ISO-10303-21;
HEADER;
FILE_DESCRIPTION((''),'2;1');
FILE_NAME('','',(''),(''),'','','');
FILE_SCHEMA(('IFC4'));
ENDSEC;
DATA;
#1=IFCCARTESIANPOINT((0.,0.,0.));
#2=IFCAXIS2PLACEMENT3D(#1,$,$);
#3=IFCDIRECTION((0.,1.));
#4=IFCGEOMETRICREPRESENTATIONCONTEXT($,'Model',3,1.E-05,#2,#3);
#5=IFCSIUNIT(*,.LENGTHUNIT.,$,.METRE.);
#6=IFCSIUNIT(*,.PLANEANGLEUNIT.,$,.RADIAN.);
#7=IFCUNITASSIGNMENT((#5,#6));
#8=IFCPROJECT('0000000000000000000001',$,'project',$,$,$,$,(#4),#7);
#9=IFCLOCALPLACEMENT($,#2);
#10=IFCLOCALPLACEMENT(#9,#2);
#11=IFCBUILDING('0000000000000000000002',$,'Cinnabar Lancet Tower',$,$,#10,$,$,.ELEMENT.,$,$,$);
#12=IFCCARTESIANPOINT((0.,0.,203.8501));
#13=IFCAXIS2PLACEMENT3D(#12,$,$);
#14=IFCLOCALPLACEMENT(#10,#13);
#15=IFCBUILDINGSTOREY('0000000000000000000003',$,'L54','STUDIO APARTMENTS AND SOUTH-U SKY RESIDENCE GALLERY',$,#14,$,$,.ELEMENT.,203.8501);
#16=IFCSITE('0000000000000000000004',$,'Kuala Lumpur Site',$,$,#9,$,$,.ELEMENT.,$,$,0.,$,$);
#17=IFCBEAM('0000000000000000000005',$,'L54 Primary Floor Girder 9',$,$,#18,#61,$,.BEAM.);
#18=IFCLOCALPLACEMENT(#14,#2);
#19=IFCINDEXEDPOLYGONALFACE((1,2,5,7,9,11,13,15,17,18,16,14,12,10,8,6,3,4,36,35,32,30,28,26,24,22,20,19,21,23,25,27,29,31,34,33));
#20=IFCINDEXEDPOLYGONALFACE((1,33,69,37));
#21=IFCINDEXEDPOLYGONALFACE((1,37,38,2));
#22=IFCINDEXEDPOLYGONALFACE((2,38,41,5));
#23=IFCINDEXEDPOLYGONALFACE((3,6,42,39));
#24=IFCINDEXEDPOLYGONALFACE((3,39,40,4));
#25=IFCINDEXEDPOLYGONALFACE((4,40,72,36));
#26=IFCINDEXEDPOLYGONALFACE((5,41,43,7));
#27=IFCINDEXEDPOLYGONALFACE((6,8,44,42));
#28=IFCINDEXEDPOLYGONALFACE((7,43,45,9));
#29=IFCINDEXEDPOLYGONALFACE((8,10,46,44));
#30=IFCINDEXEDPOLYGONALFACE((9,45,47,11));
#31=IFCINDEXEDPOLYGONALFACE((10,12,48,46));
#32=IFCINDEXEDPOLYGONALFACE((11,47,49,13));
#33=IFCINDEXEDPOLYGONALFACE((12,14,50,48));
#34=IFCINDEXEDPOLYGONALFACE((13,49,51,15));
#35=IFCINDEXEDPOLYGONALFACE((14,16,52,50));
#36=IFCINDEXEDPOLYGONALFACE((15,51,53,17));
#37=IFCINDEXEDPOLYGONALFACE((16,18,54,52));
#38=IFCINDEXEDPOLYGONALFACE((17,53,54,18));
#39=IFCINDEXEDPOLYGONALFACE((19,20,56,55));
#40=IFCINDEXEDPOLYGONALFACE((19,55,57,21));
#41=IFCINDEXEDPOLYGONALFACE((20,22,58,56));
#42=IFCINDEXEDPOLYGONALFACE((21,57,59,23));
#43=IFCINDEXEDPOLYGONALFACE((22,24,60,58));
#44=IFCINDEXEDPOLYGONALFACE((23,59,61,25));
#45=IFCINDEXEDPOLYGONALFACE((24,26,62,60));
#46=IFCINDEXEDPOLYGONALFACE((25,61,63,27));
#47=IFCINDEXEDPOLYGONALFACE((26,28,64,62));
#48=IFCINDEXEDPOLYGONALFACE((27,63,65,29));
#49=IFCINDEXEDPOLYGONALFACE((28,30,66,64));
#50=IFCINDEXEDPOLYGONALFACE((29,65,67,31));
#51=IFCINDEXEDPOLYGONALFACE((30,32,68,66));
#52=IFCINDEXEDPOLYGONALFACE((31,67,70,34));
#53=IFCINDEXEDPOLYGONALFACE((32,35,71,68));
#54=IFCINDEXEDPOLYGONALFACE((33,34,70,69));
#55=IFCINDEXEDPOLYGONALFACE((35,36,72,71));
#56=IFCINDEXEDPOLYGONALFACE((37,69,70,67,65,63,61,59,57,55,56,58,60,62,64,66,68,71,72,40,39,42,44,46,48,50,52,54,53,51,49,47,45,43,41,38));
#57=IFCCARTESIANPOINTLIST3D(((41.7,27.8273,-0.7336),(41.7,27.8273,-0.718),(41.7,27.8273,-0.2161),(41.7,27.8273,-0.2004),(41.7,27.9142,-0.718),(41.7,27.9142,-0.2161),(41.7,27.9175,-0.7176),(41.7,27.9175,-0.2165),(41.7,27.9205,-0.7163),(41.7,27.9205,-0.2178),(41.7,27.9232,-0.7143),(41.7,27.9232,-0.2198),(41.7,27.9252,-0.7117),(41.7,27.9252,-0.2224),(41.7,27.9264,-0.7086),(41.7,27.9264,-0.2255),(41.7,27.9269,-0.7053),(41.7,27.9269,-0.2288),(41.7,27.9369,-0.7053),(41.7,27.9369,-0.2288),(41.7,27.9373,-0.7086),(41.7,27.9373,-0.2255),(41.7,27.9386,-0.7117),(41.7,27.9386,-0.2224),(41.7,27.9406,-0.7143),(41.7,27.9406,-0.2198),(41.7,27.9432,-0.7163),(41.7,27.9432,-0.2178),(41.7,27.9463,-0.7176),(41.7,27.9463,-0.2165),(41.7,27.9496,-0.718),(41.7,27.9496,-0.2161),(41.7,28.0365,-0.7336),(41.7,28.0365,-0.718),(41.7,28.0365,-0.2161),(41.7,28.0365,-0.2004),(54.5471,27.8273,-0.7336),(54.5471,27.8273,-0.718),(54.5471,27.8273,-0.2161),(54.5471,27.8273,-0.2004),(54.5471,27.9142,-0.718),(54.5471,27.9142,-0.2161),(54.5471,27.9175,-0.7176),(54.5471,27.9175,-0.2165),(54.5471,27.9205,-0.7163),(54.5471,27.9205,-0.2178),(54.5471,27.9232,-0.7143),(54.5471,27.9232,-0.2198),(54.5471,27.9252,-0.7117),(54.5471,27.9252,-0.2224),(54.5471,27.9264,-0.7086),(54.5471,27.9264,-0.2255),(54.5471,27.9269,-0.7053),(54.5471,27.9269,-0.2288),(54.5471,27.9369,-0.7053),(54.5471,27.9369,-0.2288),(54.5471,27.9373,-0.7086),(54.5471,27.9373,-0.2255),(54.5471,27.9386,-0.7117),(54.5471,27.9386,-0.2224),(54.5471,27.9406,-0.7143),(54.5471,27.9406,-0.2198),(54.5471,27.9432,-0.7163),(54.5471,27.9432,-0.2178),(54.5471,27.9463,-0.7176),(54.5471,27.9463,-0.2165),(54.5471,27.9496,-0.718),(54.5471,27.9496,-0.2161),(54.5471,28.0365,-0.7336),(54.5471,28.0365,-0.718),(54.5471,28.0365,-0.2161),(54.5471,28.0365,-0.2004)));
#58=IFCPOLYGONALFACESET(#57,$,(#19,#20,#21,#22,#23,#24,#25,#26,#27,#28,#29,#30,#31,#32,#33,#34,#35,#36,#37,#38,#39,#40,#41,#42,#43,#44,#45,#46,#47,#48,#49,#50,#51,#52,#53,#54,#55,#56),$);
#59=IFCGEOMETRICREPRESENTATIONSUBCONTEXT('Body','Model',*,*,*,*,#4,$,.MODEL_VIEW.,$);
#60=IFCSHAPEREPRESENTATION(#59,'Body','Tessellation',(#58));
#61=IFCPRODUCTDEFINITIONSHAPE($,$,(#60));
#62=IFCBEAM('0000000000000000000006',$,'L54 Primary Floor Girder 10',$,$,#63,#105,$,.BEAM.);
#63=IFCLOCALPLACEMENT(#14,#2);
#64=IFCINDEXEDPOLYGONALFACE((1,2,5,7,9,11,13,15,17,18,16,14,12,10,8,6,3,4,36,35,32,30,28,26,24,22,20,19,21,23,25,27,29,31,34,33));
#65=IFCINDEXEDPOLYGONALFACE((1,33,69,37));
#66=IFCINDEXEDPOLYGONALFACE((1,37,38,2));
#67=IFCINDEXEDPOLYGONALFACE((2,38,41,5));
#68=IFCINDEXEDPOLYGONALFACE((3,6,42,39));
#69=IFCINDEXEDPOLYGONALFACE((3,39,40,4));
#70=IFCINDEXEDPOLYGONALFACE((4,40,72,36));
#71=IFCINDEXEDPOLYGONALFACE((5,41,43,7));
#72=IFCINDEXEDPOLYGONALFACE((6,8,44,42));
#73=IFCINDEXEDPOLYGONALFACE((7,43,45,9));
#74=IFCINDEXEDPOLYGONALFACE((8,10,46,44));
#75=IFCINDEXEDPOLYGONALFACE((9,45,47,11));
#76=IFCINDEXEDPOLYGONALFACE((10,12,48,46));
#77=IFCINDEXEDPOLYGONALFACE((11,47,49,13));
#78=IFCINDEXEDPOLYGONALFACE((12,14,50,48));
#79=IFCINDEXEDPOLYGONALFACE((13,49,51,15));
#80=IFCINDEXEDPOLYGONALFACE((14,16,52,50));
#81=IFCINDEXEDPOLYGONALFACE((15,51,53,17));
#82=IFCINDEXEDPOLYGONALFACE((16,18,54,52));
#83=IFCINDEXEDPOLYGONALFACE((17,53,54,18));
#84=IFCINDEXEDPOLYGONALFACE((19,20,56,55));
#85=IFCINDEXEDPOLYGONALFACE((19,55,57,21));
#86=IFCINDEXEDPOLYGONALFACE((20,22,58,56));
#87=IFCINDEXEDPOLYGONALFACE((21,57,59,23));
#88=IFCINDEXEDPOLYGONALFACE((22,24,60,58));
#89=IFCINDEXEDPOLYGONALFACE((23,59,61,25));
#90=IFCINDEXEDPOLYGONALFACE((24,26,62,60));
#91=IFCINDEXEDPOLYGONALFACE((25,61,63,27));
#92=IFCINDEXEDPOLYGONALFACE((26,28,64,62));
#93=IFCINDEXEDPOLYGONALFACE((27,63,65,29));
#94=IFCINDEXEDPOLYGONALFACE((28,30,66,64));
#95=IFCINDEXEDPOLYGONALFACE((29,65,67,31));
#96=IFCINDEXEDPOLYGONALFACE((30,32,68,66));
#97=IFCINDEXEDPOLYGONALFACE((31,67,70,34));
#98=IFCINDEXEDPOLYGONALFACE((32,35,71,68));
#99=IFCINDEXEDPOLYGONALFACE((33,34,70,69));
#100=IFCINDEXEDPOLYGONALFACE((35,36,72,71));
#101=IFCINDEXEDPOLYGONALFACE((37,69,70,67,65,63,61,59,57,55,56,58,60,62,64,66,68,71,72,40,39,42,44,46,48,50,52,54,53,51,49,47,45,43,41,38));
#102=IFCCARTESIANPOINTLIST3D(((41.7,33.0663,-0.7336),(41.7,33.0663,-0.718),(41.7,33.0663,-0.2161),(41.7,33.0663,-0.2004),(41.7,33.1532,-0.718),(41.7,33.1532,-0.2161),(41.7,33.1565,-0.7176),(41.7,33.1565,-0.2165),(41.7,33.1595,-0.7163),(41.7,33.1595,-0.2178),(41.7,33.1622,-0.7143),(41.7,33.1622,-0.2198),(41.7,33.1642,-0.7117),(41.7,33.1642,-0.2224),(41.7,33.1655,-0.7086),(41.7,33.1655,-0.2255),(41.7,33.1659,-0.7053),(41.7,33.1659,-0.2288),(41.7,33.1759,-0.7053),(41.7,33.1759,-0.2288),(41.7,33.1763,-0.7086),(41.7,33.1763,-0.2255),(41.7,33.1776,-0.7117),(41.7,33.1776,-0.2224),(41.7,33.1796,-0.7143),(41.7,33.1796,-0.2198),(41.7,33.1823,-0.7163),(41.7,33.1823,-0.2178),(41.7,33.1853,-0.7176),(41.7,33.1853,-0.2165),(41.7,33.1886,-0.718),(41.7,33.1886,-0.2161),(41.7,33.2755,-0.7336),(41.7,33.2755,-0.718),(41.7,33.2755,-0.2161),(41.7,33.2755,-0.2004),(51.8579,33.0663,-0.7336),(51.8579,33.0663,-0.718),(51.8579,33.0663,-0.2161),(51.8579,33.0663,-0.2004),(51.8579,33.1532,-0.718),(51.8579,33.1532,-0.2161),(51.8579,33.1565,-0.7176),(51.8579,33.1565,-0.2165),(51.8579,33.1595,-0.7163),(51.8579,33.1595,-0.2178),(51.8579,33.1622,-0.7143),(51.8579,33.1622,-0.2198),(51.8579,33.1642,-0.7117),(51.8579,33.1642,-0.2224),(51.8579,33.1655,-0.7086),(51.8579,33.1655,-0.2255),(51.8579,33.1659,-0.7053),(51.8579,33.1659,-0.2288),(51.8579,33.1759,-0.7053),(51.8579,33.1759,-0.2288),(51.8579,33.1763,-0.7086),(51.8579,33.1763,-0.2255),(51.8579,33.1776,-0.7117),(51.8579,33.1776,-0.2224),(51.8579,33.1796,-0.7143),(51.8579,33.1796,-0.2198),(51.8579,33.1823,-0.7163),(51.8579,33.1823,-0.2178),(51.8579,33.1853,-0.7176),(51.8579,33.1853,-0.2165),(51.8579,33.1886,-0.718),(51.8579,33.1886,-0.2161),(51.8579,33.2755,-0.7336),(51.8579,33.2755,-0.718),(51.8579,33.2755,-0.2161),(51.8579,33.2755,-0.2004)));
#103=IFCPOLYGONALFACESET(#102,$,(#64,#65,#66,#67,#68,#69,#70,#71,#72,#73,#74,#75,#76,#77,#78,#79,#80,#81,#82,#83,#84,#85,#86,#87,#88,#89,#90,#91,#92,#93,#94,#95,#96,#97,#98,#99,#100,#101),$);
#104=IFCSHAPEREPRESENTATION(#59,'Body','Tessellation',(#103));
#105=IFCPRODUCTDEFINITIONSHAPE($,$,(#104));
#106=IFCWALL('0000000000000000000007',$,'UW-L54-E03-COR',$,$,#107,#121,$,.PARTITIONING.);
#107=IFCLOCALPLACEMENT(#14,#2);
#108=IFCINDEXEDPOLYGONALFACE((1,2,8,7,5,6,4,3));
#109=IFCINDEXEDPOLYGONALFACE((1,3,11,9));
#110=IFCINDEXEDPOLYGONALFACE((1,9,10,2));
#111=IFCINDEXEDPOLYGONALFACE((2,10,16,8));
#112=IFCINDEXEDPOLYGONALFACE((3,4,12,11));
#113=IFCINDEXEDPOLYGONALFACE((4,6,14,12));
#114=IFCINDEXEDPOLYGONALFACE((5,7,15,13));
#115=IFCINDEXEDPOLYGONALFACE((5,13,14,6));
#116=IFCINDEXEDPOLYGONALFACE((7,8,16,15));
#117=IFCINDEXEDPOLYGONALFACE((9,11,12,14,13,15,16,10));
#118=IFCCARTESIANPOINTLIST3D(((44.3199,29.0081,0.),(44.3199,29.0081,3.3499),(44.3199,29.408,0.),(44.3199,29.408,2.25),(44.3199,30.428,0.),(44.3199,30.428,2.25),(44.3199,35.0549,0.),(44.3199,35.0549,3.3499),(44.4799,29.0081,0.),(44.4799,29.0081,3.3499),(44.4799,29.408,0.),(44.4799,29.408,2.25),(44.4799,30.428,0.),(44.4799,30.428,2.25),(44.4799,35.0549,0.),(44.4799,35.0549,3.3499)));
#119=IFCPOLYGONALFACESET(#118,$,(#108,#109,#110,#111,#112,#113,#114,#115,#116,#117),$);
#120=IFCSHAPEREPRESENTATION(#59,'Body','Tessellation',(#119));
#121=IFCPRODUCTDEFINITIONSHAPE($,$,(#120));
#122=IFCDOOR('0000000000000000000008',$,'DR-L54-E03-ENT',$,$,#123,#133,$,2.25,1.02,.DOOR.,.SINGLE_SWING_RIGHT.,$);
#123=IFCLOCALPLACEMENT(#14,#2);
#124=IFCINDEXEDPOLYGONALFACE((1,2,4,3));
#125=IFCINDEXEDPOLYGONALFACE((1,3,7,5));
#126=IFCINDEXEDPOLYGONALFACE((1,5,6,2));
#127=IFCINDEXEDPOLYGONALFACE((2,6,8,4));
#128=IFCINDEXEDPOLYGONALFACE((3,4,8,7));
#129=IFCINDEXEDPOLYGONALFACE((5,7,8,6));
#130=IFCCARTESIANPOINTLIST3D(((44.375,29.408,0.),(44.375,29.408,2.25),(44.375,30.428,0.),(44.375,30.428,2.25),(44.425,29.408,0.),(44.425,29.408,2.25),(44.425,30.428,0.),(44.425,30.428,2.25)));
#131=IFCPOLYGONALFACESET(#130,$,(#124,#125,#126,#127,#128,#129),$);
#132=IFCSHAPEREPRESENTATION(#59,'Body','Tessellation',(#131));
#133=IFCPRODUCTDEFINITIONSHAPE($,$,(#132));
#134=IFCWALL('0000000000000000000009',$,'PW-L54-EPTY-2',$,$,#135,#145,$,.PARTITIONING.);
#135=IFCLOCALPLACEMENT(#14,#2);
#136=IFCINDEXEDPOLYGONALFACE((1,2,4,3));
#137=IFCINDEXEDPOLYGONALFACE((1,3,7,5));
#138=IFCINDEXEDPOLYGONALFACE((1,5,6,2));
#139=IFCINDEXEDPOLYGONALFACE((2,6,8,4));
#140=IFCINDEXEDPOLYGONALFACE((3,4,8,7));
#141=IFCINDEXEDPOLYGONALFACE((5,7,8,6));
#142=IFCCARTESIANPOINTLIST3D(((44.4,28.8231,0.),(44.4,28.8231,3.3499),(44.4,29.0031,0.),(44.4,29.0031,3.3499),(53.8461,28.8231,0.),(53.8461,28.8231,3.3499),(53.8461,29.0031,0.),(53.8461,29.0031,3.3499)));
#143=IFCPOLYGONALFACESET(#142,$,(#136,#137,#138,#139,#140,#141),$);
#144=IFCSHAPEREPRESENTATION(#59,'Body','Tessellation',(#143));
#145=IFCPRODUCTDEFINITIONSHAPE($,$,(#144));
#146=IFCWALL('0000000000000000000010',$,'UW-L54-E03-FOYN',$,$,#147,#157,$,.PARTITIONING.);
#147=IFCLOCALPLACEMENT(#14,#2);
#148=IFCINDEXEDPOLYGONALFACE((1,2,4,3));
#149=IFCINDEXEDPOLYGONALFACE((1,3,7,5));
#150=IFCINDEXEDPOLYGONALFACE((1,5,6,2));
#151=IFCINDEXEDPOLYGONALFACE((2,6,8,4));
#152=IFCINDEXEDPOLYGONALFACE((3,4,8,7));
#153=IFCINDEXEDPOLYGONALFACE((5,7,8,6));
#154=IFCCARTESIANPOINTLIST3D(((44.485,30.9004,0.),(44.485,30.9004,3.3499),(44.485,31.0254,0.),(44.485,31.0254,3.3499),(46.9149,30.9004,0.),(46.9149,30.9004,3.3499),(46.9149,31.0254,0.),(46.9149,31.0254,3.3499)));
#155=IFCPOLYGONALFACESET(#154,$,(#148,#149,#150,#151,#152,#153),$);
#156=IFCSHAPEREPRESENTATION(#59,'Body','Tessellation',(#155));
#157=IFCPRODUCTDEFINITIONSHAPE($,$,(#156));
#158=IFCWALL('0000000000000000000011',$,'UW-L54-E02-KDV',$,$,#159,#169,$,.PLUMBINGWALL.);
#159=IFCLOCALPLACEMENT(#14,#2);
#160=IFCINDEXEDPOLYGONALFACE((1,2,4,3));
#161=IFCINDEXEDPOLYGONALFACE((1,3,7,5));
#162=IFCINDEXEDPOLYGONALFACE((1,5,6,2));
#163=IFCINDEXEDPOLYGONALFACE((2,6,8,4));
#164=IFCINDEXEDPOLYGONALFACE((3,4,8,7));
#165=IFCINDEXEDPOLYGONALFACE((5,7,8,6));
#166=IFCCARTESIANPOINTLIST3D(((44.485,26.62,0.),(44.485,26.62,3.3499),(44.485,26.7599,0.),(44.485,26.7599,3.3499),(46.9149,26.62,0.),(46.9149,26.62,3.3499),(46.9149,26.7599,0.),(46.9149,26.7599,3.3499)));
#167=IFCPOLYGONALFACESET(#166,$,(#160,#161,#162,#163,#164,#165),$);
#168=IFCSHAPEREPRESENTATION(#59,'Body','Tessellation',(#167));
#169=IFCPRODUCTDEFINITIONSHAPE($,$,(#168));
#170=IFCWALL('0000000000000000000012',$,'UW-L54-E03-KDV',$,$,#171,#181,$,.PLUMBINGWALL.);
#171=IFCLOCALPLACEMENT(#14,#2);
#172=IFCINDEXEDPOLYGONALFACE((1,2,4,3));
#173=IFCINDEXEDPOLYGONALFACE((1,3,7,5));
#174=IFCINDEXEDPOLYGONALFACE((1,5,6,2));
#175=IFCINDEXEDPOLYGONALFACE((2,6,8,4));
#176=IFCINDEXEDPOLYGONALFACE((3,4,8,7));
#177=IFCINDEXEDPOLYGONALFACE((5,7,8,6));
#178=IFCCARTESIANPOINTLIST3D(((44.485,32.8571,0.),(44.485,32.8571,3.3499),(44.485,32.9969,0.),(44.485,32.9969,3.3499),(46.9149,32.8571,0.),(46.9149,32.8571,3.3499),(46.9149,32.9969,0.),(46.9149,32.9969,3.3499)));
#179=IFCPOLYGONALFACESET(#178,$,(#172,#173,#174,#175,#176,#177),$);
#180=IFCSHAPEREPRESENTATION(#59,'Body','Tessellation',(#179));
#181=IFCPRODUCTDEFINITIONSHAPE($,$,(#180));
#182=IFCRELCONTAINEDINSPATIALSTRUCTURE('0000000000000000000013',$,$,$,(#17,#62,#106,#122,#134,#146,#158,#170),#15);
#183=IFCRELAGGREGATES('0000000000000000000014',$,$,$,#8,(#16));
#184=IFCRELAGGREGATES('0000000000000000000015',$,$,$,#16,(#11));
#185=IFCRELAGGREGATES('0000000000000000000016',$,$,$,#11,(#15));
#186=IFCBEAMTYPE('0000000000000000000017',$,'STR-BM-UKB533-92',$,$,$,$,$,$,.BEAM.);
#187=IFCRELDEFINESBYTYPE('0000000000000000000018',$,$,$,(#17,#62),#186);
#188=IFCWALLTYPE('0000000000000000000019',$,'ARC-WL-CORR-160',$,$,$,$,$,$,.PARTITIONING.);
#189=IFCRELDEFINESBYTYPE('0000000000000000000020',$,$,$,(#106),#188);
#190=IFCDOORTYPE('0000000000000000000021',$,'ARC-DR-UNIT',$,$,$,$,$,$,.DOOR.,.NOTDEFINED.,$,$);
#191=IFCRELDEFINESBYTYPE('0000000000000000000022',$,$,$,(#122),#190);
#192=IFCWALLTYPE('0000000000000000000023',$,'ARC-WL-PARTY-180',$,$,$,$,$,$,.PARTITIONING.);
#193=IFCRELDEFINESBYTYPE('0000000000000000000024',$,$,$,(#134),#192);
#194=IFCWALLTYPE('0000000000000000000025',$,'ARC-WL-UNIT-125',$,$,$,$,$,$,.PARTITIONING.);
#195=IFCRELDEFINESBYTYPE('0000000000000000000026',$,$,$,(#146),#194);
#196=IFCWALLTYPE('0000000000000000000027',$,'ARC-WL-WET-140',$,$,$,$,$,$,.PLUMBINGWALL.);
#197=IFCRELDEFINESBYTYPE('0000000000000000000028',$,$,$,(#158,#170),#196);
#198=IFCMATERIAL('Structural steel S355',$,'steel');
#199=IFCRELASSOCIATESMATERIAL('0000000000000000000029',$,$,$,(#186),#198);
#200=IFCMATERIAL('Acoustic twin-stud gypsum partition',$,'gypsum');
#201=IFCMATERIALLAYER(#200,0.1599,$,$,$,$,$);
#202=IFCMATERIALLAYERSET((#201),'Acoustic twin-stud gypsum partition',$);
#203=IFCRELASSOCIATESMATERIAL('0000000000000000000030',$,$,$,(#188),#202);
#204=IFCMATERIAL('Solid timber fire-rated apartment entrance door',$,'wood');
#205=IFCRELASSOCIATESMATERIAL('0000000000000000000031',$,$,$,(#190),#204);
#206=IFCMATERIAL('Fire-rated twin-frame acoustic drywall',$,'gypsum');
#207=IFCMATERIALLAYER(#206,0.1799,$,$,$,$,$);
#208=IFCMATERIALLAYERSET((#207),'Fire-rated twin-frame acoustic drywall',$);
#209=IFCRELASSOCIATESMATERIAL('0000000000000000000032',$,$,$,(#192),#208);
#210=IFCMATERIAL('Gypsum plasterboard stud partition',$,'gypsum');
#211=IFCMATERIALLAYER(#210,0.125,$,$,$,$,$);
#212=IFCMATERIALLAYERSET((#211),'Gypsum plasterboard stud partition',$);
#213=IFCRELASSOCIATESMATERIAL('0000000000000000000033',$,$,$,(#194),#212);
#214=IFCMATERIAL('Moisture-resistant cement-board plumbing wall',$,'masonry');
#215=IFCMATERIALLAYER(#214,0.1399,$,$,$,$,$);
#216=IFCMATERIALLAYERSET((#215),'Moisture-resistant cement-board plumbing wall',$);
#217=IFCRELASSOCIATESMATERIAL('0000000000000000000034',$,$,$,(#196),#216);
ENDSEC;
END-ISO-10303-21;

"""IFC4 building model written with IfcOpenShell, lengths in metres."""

from ifc_helpers import new_model, si_unit, direction, frame, frame_2d, origin, origin_2d, place, context, subcontext, project, spatial, rectangle, i_section, extrude, material, layer, layer_set, material_profile, profile_set, type_object, element, fill, save


model = new_model("IFC4")

# Units and contexts
model_context = context("Model", 3, precision=1e-05, world=origin(), true_north=direction((0.0, 1.0)))
body_context = subcontext(model_context, "Body", "Model", "MODEL_VIEW")
ifc_project = project(units=[si_unit("LENGTHUNIT", "METRE"), si_unit("PLANEANGLEUNIT", "RADIAN")], contexts=[model_context])

# Site, building, storey
site_placement = place(None, origin())
site = spatial("IfcSite", under=ifc_project, at=site_placement, Name="Kuala Lumpur Site", CompositionType="ELEMENT", RefElevation=0.0)
building_placement = place(site_placement, origin())
building = spatial("IfcBuilding", under=site, at=building_placement, Name="Cinnabar Lancet Tower", CompositionType="ELEMENT")
storey_placement = place(building_placement, frame((0.0, 0.0, 203.8501)))
storey = spatial("IfcBuildingStorey", under=building, at=storey_placement, Name="L54", Description="STUDIO APARTMENTS AND SOUTH-U SKY RESIDENCE GALLERY", CompositionType="ELEMENT", Elevation=203.8501)

# Beams
ifc_material_1 = material(Name="Structural steel S355", Category="steel")
ifc_material_profile_1 = material_profile(ifc_material_1, i_section(OverallWidth=0.2092, OverallDepth=0.5332, WebThickness=0.01, FlangeThickness=0.0156, FilletRadius=0.0127, at=origin_2d()), Name="UKB 533x210x92")
ifc_profile_set_1 = profile_set([ifc_material_profile_1], Name="Structural steel S355")
beam_type_1 = type_object("IfcBeamType", Name="STR-BM-UKB533-92", PredefinedType="BEAM", material=ifc_profile_set_1)
beam_1_placement = place(storey_placement, frame((54.5471, 27.9319, -0.467), z_axis=(-1.0, 0.0, 0.0), x_axis=(0.0, -1.0, 0.0)))
element("IfcBeam", 1, at=beam_1_placement, inside=storey, type_object=beam_type_1, Name="L54 Primary Floor Girder 9", PredefinedType="BEAM", context=body_context, shape_type="SweptSolid", body=[
    extrude(i_section(OverallWidth=0.2092, OverallDepth=0.5332, WebThickness=0.01, FlangeThickness=0.0156, FilletRadius=0.0127, at=origin_2d()), origin(), (0.0, 0.0, 1.0), 12.8472),
])
beam_2_placement = place(storey_placement, frame((51.8579, 33.1709, -0.467), z_axis=(-1.0, 0.0, 0.0), x_axis=(0.0, -1.0, 0.0)))
element("IfcBeam", 2, at=beam_2_placement, inside=storey, type_object=beam_type_1, Name="L54 Primary Floor Girder 10", PredefinedType="BEAM", context=body_context, shape_type="SweptSolid", body=[
    extrude(i_section(OverallWidth=0.2092, OverallDepth=0.5332, WebThickness=0.01, FlangeThickness=0.0156, FilletRadius=0.0127, at=origin_2d()), origin(), (0.0, 0.0, 1.0), 10.158),
])

# Wall, opening, door
ifc_material_2 = material(Name="Acoustic twin-stud gypsum partition", Category="gypsum")
ifc_layer_1 = layer(ifc_material_2, 0.1599)
ifc_layer_set_1 = layer_set([ifc_layer_1], Name="Acoustic twin-stud gypsum partition")
wall_type_1 = type_object("IfcWallType", Name="ARC-WL-CORR-160", PredefinedType="PARTITIONING", material=ifc_layer_set_1)
wall_1_placement = place(storey_placement, frame((44.3999, 29.0081, 0.0), z_axis=(0.0, 0.0, 1.0), x_axis=(0.0, 1.0, 0.0)))
wall_1 = element("IfcWall", 3, at=wall_1_placement, inside=storey, type_object=wall_type_1, Name="UW-L54-E03-COR", PredefinedType="PARTITIONING", context=body_context, shape_type="SweptSolid", body=[
    extrude(rectangle(XDim=6.0469, YDim=0.1599, at=frame_2d((3.0234, 0.0))), origin(), (0.0, 0.0, 1.0), 3.3499),
])
opening_1_placement = place(wall_1_placement, frame((0.3999, 0.0, 0.0)))
opening_1 = element("IfcOpeningElement", 4, at=opening_1_placement, cuts=wall_1, PredefinedType="OPENING", context=body_context, shape_type="SweptSolid", body=[
    extrude(rectangle(XDim=1.02, YDim=2.25, at=frame_2d((0.51, 1.125))), frame((0.0, 0.0898, 0.0), z_axis=(0.0, -1.0, 0.0), x_axis=(1.0, 0.0, 0.0)), (0.0, 0.0, 1.0), 0.1799),
])
ifc_material_3 = material(Name="Solid timber fire-rated apartment entrance door", Category="wood")
door_type_1 = type_object("IfcDoorType", Name="ARC-DR-UNIT", OperationType="NOTDEFINED", PredefinedType="DOOR", material=ifc_material_3)
door_1_placement = place(opening_1_placement, origin())
door_1 = element("IfcDoor", 5, at=door_1_placement, inside=storey, type_object=door_type_1, Name="DR-L54-E03-ENT", OperationType="SINGLE_SWING_RIGHT", OverallHeight=2.25, OverallWidth=1.02, PredefinedType="DOOR", context=body_context, shape_type="SweptSolid", body=[
    extrude(rectangle(XDim=1.02, YDim=2.25, at=frame_2d((0.51, 1.125))), frame((0.0, 0.0249, 0.0), z_axis=(0.0, -1.0, 0.0), x_axis=(1.0, 0.0, 0.0)), (0.0, 0.0, 1.0), 0.05),
])
fill(opening_1, door_1)

# Walls
ifc_material_4 = material(Name="Fire-rated twin-frame acoustic drywall", Category="gypsum")
ifc_layer_2 = layer(ifc_material_4, 0.1799)
ifc_layer_set_2 = layer_set([ifc_layer_2], Name="Fire-rated twin-frame acoustic drywall")
wall_type_2 = type_object("IfcWallType", Name="ARC-WL-PARTY-180", PredefinedType="PARTITIONING", material=ifc_layer_set_2)
wall_2_placement = place(storey_placement, frame((44.3999, 28.9131, 0.0), z_axis=(0.0, 0.0, 1.0), x_axis=(1.0, 0.0, 0.0)))
element("IfcWall", 6, at=wall_2_placement, inside=storey, type_object=wall_type_2, Name="PW-L54-EPTY-2", PredefinedType="PARTITIONING", context=body_context, shape_type="SweptSolid", body=[
    extrude(rectangle(XDim=9.446, YDim=0.1799, at=frame_2d((4.7231, 0.0))), origin(), (0.0, 0.0, 1.0), 3.3499),
])
ifc_material_5 = material(Name="Gypsum plasterboard stud partition", Category="gypsum")
ifc_layer_3 = layer(ifc_material_5, 0.125)
ifc_layer_set_3 = layer_set([ifc_layer_3], Name="Gypsum plasterboard stud partition")
wall_type_3 = type_object("IfcWallType", Name="ARC-WL-UNIT-125", PredefinedType="PARTITIONING", material=ifc_layer_set_3)
wall_3_placement = place(storey_placement, frame((44.4851, 30.9629, 0.0), z_axis=(0.0, 0.0, 1.0), x_axis=(1.0, 0.0, 0.0)))
element("IfcWall", 7, at=wall_3_placement, inside=storey, type_object=wall_type_3, Name="UW-L54-E03-FOYN", PredefinedType="PARTITIONING", context=body_context, shape_type="SweptSolid", body=[
    extrude(rectangle(XDim=2.4299, YDim=0.125, at=frame_2d((1.2148, 0.0))), origin(), (0.0, 0.0, 1.0), 3.3499),
])
ifc_material_6 = material(Name="Moisture-resistant cement-board plumbing wall", Category="masonry")
ifc_layer_4 = layer(ifc_material_6, 0.1399)
ifc_layer_set_4 = layer_set([ifc_layer_4], Name="Moisture-resistant cement-board plumbing wall")
wall_type_4 = type_object("IfcWallType", Name="ARC-WL-WET-140", PredefinedType="PLUMBINGWALL", material=ifc_layer_set_4)
wall_4_placement = place(storey_placement, frame((44.4851, 26.6899, 0.0), z_axis=(0.0, 0.0, 1.0), x_axis=(1.0, 0.0, 0.0)))
element("IfcWall", 8, at=wall_4_placement, inside=storey, type_object=wall_type_4, Name="UW-L54-E02-KDV", PredefinedType="PLUMBINGWALL", context=body_context, shape_type="SweptSolid", body=[
    extrude(rectangle(XDim=2.4299, YDim=0.1399, at=frame_2d((1.2148, 0.0))), origin(), (0.0, 0.0, 1.0), 3.3499),
])

# Wall
wall_5_placement = place(storey_placement, frame((44.4851, 32.927, 0.0), z_axis=(0.0, 0.0, 1.0), x_axis=(1.0, 0.0, 0.0)))
element("IfcWall", 9, at=wall_5_placement, inside=storey, type_object=wall_type_4, Name="UW-L54-E03-KDV", PredefinedType="PLUMBINGWALL", context=body_context, shape_type="SweptSolid", body=[
    extrude(rectangle(XDim=2.4299, YDim=0.1399, at=frame_2d((1.2148, 0.0))), origin(), (0.0, 0.0, 1.0), 3.3499),
])

save(model, "model.ifc")
